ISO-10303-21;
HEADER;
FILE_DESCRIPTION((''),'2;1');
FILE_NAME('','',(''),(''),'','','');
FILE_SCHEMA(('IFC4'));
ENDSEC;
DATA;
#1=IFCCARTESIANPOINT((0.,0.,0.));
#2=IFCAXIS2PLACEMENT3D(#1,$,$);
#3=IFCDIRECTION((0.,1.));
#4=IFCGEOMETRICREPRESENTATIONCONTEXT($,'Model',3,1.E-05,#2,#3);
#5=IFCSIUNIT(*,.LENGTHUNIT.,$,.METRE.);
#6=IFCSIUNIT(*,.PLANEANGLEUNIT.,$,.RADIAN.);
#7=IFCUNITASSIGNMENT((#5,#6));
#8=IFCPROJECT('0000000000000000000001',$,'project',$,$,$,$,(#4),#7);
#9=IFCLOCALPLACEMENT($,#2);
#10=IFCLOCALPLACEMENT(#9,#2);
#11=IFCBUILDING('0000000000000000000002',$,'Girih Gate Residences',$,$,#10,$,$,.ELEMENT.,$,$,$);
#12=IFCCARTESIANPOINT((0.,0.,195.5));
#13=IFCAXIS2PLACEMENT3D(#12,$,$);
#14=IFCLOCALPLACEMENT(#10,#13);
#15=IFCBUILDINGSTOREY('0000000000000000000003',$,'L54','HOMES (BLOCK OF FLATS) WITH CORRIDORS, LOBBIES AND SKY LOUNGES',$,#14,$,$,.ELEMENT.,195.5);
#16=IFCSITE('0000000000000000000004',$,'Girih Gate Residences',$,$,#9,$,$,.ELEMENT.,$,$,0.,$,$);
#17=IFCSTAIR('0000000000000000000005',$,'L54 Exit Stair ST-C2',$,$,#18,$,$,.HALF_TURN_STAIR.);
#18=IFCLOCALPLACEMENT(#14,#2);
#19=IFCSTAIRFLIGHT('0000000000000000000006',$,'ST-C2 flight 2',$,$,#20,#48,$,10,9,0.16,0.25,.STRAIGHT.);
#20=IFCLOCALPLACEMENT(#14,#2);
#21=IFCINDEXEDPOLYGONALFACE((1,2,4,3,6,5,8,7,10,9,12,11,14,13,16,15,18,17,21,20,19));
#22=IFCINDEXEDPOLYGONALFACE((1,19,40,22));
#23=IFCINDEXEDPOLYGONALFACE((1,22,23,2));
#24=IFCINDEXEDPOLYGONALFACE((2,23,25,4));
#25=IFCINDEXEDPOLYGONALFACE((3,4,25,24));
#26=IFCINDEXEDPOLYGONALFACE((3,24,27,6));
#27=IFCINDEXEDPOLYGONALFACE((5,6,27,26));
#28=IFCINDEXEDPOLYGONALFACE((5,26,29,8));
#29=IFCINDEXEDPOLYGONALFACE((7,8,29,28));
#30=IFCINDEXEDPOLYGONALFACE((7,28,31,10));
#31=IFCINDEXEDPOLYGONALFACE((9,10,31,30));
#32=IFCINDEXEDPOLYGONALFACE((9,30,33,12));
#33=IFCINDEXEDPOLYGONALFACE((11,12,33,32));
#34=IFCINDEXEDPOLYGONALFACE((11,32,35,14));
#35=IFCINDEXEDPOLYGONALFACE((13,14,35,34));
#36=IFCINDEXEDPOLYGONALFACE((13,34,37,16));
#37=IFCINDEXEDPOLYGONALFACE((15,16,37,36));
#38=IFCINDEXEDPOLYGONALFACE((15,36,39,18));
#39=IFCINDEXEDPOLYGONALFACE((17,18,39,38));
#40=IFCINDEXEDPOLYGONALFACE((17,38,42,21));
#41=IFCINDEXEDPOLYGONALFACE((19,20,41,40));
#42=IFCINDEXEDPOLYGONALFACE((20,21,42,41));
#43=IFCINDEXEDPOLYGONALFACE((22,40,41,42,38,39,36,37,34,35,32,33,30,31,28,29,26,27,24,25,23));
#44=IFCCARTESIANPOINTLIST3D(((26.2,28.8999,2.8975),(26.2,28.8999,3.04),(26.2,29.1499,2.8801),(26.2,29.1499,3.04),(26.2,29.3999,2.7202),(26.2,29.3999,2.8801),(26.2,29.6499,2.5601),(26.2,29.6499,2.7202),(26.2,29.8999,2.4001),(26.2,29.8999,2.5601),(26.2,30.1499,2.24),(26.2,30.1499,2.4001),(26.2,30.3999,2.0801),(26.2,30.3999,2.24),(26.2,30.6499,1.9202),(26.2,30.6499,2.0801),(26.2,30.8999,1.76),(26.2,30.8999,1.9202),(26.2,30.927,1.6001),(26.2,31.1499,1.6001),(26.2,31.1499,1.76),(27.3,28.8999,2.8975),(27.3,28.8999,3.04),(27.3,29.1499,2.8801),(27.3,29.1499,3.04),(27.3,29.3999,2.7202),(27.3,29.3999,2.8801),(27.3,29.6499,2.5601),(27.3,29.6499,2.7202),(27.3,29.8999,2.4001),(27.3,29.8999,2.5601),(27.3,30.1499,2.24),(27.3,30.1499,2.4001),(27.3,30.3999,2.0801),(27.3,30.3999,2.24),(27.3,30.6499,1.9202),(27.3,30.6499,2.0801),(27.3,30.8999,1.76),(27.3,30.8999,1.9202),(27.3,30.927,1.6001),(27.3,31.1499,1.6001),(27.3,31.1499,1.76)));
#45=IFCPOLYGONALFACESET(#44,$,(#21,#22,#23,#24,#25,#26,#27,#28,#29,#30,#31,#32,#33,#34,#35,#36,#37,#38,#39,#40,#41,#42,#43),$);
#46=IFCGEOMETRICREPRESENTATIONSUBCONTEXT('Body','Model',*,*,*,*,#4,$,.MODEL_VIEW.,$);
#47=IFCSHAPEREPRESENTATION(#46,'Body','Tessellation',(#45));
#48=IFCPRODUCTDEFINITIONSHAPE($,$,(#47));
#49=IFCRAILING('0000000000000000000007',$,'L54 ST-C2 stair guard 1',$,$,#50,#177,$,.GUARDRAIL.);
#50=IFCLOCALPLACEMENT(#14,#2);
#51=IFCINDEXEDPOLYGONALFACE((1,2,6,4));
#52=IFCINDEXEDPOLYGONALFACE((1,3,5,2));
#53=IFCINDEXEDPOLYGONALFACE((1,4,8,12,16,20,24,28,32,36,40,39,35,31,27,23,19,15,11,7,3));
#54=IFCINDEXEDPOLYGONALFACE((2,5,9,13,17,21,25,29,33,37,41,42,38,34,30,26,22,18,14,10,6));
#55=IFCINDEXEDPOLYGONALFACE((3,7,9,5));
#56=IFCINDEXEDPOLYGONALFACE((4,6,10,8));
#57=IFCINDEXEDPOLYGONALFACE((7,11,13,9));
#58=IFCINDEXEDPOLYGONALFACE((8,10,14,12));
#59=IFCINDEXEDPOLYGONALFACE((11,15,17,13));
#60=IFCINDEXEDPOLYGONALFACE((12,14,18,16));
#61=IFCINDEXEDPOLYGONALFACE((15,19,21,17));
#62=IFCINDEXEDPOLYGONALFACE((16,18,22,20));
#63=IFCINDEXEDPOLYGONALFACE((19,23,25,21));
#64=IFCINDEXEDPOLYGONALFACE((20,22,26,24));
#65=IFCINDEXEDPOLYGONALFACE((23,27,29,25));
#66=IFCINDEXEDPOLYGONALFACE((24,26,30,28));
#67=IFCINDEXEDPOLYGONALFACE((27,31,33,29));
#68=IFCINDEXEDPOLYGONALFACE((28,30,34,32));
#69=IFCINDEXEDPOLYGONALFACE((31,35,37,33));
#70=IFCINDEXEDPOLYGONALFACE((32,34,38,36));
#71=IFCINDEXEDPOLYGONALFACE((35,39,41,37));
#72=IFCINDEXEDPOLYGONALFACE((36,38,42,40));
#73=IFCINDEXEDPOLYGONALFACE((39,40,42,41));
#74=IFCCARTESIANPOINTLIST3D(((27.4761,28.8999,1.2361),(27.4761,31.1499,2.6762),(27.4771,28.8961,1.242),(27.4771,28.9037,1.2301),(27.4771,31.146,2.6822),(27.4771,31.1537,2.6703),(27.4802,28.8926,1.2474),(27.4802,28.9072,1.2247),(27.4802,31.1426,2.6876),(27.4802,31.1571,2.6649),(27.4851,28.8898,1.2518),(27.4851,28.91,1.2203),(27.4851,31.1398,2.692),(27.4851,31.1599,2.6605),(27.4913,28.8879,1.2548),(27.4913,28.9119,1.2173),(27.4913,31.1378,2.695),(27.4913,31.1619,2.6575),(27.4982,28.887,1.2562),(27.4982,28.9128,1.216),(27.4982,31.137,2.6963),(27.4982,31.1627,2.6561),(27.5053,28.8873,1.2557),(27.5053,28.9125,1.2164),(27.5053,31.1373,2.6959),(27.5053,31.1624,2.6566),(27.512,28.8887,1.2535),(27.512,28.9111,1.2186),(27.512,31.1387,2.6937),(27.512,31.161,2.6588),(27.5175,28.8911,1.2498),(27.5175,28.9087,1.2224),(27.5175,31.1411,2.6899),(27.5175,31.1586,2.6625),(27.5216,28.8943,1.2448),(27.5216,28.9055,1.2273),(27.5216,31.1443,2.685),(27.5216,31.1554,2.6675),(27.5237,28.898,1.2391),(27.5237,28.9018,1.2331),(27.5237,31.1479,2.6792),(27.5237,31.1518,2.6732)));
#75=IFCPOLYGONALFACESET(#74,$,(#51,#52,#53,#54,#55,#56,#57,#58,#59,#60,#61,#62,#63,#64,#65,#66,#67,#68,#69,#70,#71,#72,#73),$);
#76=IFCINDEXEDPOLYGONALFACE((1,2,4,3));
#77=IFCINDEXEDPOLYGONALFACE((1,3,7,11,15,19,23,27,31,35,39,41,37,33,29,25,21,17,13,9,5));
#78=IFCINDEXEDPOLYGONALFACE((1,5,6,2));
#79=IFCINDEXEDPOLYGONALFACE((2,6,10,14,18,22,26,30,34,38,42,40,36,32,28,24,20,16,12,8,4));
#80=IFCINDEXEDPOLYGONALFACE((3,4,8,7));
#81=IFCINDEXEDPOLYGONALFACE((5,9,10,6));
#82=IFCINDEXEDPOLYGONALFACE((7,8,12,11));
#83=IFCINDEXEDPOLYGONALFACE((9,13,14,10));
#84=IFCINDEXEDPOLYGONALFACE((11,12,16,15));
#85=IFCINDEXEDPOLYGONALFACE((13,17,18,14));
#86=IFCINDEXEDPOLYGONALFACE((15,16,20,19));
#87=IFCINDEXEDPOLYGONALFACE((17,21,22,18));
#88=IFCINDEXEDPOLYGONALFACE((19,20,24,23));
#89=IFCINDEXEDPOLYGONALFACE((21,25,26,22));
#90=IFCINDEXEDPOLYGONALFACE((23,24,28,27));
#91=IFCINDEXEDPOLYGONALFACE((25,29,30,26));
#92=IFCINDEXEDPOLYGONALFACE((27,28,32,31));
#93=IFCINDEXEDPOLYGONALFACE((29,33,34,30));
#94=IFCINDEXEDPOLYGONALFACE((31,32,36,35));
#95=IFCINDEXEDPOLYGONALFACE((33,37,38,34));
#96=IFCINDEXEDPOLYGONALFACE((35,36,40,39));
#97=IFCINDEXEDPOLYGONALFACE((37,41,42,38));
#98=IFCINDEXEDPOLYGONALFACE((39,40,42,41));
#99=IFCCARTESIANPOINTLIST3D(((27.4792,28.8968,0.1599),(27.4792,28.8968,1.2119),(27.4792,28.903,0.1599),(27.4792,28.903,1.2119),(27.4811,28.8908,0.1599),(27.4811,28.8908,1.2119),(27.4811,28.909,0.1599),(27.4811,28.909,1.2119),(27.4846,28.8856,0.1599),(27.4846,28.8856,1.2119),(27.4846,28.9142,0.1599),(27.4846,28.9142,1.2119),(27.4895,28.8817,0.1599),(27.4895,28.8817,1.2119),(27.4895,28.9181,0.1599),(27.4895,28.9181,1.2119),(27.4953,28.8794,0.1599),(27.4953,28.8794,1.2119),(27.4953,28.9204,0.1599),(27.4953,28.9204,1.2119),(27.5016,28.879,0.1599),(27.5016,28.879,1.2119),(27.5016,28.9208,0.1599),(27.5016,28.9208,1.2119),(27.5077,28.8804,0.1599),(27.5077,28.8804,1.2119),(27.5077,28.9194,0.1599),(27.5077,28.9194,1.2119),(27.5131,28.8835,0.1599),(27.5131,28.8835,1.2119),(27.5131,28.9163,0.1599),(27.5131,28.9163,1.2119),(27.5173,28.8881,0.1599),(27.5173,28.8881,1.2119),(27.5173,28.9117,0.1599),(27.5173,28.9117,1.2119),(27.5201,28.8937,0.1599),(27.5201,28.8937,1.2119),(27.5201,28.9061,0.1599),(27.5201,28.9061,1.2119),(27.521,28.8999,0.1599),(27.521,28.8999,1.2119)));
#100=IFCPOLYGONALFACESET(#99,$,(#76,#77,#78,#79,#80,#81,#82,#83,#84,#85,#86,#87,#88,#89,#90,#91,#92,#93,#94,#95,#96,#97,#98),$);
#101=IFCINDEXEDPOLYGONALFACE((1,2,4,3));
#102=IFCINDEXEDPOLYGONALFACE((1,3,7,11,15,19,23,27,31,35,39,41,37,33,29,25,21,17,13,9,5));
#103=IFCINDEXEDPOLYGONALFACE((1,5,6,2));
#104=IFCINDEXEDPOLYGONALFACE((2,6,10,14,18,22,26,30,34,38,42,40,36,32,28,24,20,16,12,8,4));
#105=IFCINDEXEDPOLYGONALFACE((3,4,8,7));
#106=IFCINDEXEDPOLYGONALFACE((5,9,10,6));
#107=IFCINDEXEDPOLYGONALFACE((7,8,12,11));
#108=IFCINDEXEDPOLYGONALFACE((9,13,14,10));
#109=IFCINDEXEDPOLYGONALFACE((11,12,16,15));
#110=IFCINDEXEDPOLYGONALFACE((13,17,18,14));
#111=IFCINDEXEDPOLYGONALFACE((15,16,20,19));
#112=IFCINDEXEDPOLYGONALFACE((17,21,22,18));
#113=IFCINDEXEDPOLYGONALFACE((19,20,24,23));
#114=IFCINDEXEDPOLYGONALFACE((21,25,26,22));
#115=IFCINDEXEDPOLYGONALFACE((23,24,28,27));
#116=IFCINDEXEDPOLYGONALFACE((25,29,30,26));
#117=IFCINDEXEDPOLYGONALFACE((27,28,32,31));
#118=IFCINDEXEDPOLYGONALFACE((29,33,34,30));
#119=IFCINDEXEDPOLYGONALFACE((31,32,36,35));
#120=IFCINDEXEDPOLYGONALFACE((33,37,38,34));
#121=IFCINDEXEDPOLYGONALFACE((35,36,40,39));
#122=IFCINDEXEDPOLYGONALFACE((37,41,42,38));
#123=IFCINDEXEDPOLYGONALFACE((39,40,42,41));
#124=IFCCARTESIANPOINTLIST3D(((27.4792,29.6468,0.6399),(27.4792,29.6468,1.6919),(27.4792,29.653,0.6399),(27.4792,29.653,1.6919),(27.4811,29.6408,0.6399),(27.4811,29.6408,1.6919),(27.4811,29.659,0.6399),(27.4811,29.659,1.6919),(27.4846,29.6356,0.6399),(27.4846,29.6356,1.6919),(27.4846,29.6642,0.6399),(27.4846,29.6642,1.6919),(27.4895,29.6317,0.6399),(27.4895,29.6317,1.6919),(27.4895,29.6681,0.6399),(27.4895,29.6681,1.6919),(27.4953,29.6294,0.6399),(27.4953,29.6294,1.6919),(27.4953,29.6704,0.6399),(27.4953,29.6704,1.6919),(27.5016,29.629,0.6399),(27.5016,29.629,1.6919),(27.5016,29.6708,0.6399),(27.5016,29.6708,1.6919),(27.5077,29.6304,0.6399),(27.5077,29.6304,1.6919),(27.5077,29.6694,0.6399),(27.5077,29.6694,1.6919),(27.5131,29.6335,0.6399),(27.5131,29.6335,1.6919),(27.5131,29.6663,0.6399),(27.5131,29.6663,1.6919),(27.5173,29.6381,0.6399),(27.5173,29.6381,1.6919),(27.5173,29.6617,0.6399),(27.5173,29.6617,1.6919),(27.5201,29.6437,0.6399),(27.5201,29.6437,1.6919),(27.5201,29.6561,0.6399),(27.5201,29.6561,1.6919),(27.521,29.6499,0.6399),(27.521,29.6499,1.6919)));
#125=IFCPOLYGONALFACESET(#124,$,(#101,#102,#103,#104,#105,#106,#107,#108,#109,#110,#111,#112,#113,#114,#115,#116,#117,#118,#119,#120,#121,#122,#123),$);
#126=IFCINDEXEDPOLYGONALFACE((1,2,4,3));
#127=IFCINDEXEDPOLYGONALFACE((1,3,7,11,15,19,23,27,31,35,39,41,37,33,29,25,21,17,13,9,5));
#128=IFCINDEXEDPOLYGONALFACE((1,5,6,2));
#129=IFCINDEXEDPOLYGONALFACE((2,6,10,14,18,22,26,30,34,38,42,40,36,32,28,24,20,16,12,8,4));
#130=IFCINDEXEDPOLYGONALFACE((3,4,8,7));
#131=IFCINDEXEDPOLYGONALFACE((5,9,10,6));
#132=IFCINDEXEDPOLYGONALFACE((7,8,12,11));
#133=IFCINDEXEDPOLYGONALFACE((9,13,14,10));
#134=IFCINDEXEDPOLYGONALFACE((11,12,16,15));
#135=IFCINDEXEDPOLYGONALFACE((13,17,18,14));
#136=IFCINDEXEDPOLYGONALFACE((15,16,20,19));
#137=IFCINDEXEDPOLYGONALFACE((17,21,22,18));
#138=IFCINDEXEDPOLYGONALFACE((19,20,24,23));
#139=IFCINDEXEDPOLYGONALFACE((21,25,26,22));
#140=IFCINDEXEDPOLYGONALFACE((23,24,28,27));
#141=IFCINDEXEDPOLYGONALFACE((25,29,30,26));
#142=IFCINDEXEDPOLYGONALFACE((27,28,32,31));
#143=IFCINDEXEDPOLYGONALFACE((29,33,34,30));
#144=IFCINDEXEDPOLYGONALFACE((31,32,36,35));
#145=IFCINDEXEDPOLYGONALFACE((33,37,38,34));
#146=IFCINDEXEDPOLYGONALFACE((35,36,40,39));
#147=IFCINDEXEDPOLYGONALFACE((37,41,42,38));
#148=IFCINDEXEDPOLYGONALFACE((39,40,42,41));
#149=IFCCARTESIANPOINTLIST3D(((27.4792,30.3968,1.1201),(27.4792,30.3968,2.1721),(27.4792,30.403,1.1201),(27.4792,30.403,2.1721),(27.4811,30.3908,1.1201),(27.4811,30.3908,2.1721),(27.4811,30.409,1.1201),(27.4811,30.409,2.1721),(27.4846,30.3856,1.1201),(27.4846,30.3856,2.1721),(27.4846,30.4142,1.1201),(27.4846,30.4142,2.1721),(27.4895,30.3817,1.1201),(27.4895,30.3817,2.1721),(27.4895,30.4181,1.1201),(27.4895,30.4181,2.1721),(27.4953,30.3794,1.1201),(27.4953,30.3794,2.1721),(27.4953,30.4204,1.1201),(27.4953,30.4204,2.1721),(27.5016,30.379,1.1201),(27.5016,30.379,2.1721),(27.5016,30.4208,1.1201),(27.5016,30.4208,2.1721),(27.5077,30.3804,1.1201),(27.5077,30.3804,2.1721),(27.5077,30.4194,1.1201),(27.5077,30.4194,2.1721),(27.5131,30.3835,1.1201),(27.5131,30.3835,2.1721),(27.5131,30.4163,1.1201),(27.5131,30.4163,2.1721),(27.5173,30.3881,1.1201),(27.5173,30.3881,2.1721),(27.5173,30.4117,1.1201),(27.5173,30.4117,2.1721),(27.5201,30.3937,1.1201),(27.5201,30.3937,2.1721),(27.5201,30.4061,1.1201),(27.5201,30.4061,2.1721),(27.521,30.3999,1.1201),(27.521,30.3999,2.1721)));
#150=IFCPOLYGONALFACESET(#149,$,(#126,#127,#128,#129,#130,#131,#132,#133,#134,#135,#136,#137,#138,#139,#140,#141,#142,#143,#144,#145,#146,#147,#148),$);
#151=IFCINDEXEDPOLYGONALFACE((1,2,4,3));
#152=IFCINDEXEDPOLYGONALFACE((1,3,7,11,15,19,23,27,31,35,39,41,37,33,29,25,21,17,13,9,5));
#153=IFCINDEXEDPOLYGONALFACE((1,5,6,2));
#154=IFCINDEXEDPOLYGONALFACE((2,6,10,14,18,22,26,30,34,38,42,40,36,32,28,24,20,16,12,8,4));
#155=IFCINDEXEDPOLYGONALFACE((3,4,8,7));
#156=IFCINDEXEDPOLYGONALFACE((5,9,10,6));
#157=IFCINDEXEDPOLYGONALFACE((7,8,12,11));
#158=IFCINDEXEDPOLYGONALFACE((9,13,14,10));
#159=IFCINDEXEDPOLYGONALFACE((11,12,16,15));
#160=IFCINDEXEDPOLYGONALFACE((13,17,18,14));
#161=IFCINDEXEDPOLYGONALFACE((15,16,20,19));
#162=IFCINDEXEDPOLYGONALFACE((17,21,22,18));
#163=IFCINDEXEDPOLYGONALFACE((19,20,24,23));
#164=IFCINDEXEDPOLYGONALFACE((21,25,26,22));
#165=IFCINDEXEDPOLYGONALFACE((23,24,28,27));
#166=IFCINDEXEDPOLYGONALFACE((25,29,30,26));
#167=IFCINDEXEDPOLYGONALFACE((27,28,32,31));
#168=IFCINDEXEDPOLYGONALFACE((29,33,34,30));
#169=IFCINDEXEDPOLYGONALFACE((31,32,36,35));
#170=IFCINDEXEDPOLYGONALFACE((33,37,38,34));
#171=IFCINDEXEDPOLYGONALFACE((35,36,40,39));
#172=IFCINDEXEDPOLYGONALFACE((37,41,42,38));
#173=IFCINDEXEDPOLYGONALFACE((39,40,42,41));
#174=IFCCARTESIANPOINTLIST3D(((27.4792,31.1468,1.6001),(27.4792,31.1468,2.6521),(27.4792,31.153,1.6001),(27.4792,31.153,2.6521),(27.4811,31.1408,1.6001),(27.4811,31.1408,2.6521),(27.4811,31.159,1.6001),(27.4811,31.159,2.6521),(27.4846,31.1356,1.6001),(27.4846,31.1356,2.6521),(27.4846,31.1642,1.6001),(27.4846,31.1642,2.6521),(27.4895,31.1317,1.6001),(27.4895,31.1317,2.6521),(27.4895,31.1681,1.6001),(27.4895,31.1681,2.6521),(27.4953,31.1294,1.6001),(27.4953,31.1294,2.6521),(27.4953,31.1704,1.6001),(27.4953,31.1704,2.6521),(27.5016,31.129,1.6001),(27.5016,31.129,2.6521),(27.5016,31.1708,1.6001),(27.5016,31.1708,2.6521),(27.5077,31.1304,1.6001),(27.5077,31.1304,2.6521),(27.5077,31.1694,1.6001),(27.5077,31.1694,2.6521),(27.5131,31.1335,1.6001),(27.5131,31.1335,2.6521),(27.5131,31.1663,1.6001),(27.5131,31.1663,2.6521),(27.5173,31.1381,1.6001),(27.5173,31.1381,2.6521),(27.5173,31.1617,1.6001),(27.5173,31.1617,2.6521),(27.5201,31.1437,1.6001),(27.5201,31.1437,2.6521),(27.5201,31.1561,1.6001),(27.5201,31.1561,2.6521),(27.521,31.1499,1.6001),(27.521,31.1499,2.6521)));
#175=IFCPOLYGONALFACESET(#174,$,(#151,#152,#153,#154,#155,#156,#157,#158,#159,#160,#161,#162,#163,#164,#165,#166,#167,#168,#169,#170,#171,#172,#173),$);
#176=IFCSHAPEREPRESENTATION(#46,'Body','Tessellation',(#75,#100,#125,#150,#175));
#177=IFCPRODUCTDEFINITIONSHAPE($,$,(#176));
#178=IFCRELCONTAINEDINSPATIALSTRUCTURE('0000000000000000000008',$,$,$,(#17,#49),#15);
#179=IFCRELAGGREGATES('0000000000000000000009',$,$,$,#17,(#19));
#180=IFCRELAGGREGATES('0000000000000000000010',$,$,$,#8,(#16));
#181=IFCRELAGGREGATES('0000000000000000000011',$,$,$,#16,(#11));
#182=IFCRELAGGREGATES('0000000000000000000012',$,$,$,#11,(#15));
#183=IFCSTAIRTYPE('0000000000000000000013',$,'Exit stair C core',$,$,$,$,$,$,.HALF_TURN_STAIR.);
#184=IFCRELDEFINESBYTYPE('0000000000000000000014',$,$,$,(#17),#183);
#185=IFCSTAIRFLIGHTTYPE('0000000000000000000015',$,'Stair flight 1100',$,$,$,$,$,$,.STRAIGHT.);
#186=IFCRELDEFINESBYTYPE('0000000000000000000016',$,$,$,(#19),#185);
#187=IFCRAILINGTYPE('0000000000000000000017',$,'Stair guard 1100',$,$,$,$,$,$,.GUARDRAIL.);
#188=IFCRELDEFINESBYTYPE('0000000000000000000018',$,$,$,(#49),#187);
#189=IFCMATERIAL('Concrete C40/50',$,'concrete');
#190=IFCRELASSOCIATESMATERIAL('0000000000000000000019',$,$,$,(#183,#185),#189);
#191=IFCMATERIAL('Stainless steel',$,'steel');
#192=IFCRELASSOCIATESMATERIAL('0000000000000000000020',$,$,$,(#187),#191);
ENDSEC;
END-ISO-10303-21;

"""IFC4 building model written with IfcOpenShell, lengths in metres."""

from ifc_helpers import new_model, si_unit, direction, frame, origin, origin_2d, place, context, subcontext, project, spatial, polyline, circle, outline, extrude, material, type_object, element, aggregate, save


model = new_model("IFC4")

# Units and contexts
model_context = context("Model", 3, precision=1e-05, world=origin(), true_north=direction((0.0, 1.0)))
body_context = subcontext(model_context, "Body", "Model", "MODEL_VIEW")
ifc_project = project(units=[si_unit("LENGTHUNIT", "METRE"), si_unit("PLANEANGLEUNIT", "RADIAN")], contexts=[model_context])

# Site, building, storey
site_placement = place(None, origin())
site = spatial("IfcSite", under=ifc_project, at=site_placement, Name="Girih Gate Residences", CompositionType="ELEMENT", RefElevation=0.0)
building_placement = place(site_placement, origin())
building = spatial("IfcBuilding", under=site, at=building_placement, Name="Girih Gate Residences", CompositionType="ELEMENT")
storey_placement = place(building_placement, frame((0.0, 0.0, 195.5)))
storey = spatial("IfcBuildingStorey", under=building, at=storey_placement, Name="L54", Description="HOMES (BLOCK OF FLATS) WITH CORRIDORS, LOBBIES AND SKY LOUNGES", CompositionType="ELEMENT", Elevation=195.5)

# Shared definitions
ifc_material_1 = material(Name="Concrete C40/50", Category="concrete")

# Stair, stair flight
stair_type = type_object("IfcStairType", Name="Exit stair C core", PredefinedType="HALF_TURN_STAIR", material=ifc_material_1)
stair_placement = place(storey_placement, origin())
stair = element("IfcStair", 1, at=stair_placement, inside=storey, type_object=stair_type, Name="L54 Exit Stair ST-C2", PredefinedType="HALF_TURN_STAIR")
stair_flight_type = type_object("IfcStairFlightType", Name="Stair flight 1100", PredefinedType="STRAIGHT", material=ifc_material_1)
stair_flight_1_placement = place(storey_placement, frame((26.75, 31.1499, 1.6001), z_axis=(0.0, 0.0, 1.0), x_axis=(0.0, -1.0, 0.0)))
stair_flight_1 = element("IfcStairFlight", 2, at=stair_flight_1_placement, type_object=stair_flight_type, Name="ST-C2 flight 2", NumberOfRisers=10, NumberOfTreads=9, PredefinedType="STRAIGHT", RiserHeight=0.16, TreadLength=0.25, context=body_context, shape_type="SweptSolid", body=[
    extrude(outline(polyline([(0.0, 0.0), (0.0, 0.1599), (0.25, 0.1599), (0.25, 0.3201), (0.5, 0.3201), (0.5, 0.48), (0.75, 0.48), (0.75, 0.6399), (1.0, 0.6399), (1.0, 0.8), (1.25, 0.8), (1.25, 0.96), (1.5, 0.96), (1.5, 1.1201), (1.75, 1.1201), (1.75, 1.28), (2.0, 1.28), (2.0, 1.4399), (2.25, 1.4399), (2.25, 1.6001), (2.25, 1.2974), (0.2229, 0.0), (0.0, 0.0)])), frame((0.0, 0.55, 0.0), z_axis=(0.0, -1.0, 0.0), x_axis=(1.0, 0.0, 0.0)), (0.0, 0.0, 1.0), 1.1001),
])
aggregate(stair, [stair_flight_1])

# Railing
ifc_material_2 = material(Name="Stainless steel", Category="steel")
railing_type_1 = type_object("IfcRailingType", Name="Stair guard 1100", PredefinedType="GUARDRAIL", material=ifc_material_2)
railing_1_placement = place(storey_placement, frame((27.5, 28.8999, 0.1599)))
element("IfcRailing", 3, at=railing_1_placement, inside=storey, type_object=railing_type_1, Name="L54 ST-C2 stair guard 1", PredefinedType="GUARDRAIL", context=body_context, shape_type="SweptSolid", body=[
    extrude(circle(Radius=0.0239, at=origin_2d()), frame((0.0, 0.0, 1.0762), z_axis=(0.0, 0.84224, 0.539103), x_axis=(-1.0, 0.0, 0.0)), (0.0, 0.0, 1.0), 2.6714),
    extrude(circle(Radius=0.021, at=origin_2d()), origin(), (0.0, 0.0, 1.0), 1.052),
    extrude(circle(Radius=0.021, at=origin_2d()), frame((0.0, 0.75, 0.48)), (0.0, 0.0, 1.0), 1.052),
    extrude(circle(Radius=0.021, at=origin_2d()), frame((0.0, 1.5, 0.9602)), (0.0, 0.0, 1.0), 1.052),
    extrude(circle(Radius=0.021, at=origin_2d()), frame((0.0, 2.25, 1.4402)), (0.0, 0.0, 1.0), 1.052),
])

save(model, "model.ifc")
